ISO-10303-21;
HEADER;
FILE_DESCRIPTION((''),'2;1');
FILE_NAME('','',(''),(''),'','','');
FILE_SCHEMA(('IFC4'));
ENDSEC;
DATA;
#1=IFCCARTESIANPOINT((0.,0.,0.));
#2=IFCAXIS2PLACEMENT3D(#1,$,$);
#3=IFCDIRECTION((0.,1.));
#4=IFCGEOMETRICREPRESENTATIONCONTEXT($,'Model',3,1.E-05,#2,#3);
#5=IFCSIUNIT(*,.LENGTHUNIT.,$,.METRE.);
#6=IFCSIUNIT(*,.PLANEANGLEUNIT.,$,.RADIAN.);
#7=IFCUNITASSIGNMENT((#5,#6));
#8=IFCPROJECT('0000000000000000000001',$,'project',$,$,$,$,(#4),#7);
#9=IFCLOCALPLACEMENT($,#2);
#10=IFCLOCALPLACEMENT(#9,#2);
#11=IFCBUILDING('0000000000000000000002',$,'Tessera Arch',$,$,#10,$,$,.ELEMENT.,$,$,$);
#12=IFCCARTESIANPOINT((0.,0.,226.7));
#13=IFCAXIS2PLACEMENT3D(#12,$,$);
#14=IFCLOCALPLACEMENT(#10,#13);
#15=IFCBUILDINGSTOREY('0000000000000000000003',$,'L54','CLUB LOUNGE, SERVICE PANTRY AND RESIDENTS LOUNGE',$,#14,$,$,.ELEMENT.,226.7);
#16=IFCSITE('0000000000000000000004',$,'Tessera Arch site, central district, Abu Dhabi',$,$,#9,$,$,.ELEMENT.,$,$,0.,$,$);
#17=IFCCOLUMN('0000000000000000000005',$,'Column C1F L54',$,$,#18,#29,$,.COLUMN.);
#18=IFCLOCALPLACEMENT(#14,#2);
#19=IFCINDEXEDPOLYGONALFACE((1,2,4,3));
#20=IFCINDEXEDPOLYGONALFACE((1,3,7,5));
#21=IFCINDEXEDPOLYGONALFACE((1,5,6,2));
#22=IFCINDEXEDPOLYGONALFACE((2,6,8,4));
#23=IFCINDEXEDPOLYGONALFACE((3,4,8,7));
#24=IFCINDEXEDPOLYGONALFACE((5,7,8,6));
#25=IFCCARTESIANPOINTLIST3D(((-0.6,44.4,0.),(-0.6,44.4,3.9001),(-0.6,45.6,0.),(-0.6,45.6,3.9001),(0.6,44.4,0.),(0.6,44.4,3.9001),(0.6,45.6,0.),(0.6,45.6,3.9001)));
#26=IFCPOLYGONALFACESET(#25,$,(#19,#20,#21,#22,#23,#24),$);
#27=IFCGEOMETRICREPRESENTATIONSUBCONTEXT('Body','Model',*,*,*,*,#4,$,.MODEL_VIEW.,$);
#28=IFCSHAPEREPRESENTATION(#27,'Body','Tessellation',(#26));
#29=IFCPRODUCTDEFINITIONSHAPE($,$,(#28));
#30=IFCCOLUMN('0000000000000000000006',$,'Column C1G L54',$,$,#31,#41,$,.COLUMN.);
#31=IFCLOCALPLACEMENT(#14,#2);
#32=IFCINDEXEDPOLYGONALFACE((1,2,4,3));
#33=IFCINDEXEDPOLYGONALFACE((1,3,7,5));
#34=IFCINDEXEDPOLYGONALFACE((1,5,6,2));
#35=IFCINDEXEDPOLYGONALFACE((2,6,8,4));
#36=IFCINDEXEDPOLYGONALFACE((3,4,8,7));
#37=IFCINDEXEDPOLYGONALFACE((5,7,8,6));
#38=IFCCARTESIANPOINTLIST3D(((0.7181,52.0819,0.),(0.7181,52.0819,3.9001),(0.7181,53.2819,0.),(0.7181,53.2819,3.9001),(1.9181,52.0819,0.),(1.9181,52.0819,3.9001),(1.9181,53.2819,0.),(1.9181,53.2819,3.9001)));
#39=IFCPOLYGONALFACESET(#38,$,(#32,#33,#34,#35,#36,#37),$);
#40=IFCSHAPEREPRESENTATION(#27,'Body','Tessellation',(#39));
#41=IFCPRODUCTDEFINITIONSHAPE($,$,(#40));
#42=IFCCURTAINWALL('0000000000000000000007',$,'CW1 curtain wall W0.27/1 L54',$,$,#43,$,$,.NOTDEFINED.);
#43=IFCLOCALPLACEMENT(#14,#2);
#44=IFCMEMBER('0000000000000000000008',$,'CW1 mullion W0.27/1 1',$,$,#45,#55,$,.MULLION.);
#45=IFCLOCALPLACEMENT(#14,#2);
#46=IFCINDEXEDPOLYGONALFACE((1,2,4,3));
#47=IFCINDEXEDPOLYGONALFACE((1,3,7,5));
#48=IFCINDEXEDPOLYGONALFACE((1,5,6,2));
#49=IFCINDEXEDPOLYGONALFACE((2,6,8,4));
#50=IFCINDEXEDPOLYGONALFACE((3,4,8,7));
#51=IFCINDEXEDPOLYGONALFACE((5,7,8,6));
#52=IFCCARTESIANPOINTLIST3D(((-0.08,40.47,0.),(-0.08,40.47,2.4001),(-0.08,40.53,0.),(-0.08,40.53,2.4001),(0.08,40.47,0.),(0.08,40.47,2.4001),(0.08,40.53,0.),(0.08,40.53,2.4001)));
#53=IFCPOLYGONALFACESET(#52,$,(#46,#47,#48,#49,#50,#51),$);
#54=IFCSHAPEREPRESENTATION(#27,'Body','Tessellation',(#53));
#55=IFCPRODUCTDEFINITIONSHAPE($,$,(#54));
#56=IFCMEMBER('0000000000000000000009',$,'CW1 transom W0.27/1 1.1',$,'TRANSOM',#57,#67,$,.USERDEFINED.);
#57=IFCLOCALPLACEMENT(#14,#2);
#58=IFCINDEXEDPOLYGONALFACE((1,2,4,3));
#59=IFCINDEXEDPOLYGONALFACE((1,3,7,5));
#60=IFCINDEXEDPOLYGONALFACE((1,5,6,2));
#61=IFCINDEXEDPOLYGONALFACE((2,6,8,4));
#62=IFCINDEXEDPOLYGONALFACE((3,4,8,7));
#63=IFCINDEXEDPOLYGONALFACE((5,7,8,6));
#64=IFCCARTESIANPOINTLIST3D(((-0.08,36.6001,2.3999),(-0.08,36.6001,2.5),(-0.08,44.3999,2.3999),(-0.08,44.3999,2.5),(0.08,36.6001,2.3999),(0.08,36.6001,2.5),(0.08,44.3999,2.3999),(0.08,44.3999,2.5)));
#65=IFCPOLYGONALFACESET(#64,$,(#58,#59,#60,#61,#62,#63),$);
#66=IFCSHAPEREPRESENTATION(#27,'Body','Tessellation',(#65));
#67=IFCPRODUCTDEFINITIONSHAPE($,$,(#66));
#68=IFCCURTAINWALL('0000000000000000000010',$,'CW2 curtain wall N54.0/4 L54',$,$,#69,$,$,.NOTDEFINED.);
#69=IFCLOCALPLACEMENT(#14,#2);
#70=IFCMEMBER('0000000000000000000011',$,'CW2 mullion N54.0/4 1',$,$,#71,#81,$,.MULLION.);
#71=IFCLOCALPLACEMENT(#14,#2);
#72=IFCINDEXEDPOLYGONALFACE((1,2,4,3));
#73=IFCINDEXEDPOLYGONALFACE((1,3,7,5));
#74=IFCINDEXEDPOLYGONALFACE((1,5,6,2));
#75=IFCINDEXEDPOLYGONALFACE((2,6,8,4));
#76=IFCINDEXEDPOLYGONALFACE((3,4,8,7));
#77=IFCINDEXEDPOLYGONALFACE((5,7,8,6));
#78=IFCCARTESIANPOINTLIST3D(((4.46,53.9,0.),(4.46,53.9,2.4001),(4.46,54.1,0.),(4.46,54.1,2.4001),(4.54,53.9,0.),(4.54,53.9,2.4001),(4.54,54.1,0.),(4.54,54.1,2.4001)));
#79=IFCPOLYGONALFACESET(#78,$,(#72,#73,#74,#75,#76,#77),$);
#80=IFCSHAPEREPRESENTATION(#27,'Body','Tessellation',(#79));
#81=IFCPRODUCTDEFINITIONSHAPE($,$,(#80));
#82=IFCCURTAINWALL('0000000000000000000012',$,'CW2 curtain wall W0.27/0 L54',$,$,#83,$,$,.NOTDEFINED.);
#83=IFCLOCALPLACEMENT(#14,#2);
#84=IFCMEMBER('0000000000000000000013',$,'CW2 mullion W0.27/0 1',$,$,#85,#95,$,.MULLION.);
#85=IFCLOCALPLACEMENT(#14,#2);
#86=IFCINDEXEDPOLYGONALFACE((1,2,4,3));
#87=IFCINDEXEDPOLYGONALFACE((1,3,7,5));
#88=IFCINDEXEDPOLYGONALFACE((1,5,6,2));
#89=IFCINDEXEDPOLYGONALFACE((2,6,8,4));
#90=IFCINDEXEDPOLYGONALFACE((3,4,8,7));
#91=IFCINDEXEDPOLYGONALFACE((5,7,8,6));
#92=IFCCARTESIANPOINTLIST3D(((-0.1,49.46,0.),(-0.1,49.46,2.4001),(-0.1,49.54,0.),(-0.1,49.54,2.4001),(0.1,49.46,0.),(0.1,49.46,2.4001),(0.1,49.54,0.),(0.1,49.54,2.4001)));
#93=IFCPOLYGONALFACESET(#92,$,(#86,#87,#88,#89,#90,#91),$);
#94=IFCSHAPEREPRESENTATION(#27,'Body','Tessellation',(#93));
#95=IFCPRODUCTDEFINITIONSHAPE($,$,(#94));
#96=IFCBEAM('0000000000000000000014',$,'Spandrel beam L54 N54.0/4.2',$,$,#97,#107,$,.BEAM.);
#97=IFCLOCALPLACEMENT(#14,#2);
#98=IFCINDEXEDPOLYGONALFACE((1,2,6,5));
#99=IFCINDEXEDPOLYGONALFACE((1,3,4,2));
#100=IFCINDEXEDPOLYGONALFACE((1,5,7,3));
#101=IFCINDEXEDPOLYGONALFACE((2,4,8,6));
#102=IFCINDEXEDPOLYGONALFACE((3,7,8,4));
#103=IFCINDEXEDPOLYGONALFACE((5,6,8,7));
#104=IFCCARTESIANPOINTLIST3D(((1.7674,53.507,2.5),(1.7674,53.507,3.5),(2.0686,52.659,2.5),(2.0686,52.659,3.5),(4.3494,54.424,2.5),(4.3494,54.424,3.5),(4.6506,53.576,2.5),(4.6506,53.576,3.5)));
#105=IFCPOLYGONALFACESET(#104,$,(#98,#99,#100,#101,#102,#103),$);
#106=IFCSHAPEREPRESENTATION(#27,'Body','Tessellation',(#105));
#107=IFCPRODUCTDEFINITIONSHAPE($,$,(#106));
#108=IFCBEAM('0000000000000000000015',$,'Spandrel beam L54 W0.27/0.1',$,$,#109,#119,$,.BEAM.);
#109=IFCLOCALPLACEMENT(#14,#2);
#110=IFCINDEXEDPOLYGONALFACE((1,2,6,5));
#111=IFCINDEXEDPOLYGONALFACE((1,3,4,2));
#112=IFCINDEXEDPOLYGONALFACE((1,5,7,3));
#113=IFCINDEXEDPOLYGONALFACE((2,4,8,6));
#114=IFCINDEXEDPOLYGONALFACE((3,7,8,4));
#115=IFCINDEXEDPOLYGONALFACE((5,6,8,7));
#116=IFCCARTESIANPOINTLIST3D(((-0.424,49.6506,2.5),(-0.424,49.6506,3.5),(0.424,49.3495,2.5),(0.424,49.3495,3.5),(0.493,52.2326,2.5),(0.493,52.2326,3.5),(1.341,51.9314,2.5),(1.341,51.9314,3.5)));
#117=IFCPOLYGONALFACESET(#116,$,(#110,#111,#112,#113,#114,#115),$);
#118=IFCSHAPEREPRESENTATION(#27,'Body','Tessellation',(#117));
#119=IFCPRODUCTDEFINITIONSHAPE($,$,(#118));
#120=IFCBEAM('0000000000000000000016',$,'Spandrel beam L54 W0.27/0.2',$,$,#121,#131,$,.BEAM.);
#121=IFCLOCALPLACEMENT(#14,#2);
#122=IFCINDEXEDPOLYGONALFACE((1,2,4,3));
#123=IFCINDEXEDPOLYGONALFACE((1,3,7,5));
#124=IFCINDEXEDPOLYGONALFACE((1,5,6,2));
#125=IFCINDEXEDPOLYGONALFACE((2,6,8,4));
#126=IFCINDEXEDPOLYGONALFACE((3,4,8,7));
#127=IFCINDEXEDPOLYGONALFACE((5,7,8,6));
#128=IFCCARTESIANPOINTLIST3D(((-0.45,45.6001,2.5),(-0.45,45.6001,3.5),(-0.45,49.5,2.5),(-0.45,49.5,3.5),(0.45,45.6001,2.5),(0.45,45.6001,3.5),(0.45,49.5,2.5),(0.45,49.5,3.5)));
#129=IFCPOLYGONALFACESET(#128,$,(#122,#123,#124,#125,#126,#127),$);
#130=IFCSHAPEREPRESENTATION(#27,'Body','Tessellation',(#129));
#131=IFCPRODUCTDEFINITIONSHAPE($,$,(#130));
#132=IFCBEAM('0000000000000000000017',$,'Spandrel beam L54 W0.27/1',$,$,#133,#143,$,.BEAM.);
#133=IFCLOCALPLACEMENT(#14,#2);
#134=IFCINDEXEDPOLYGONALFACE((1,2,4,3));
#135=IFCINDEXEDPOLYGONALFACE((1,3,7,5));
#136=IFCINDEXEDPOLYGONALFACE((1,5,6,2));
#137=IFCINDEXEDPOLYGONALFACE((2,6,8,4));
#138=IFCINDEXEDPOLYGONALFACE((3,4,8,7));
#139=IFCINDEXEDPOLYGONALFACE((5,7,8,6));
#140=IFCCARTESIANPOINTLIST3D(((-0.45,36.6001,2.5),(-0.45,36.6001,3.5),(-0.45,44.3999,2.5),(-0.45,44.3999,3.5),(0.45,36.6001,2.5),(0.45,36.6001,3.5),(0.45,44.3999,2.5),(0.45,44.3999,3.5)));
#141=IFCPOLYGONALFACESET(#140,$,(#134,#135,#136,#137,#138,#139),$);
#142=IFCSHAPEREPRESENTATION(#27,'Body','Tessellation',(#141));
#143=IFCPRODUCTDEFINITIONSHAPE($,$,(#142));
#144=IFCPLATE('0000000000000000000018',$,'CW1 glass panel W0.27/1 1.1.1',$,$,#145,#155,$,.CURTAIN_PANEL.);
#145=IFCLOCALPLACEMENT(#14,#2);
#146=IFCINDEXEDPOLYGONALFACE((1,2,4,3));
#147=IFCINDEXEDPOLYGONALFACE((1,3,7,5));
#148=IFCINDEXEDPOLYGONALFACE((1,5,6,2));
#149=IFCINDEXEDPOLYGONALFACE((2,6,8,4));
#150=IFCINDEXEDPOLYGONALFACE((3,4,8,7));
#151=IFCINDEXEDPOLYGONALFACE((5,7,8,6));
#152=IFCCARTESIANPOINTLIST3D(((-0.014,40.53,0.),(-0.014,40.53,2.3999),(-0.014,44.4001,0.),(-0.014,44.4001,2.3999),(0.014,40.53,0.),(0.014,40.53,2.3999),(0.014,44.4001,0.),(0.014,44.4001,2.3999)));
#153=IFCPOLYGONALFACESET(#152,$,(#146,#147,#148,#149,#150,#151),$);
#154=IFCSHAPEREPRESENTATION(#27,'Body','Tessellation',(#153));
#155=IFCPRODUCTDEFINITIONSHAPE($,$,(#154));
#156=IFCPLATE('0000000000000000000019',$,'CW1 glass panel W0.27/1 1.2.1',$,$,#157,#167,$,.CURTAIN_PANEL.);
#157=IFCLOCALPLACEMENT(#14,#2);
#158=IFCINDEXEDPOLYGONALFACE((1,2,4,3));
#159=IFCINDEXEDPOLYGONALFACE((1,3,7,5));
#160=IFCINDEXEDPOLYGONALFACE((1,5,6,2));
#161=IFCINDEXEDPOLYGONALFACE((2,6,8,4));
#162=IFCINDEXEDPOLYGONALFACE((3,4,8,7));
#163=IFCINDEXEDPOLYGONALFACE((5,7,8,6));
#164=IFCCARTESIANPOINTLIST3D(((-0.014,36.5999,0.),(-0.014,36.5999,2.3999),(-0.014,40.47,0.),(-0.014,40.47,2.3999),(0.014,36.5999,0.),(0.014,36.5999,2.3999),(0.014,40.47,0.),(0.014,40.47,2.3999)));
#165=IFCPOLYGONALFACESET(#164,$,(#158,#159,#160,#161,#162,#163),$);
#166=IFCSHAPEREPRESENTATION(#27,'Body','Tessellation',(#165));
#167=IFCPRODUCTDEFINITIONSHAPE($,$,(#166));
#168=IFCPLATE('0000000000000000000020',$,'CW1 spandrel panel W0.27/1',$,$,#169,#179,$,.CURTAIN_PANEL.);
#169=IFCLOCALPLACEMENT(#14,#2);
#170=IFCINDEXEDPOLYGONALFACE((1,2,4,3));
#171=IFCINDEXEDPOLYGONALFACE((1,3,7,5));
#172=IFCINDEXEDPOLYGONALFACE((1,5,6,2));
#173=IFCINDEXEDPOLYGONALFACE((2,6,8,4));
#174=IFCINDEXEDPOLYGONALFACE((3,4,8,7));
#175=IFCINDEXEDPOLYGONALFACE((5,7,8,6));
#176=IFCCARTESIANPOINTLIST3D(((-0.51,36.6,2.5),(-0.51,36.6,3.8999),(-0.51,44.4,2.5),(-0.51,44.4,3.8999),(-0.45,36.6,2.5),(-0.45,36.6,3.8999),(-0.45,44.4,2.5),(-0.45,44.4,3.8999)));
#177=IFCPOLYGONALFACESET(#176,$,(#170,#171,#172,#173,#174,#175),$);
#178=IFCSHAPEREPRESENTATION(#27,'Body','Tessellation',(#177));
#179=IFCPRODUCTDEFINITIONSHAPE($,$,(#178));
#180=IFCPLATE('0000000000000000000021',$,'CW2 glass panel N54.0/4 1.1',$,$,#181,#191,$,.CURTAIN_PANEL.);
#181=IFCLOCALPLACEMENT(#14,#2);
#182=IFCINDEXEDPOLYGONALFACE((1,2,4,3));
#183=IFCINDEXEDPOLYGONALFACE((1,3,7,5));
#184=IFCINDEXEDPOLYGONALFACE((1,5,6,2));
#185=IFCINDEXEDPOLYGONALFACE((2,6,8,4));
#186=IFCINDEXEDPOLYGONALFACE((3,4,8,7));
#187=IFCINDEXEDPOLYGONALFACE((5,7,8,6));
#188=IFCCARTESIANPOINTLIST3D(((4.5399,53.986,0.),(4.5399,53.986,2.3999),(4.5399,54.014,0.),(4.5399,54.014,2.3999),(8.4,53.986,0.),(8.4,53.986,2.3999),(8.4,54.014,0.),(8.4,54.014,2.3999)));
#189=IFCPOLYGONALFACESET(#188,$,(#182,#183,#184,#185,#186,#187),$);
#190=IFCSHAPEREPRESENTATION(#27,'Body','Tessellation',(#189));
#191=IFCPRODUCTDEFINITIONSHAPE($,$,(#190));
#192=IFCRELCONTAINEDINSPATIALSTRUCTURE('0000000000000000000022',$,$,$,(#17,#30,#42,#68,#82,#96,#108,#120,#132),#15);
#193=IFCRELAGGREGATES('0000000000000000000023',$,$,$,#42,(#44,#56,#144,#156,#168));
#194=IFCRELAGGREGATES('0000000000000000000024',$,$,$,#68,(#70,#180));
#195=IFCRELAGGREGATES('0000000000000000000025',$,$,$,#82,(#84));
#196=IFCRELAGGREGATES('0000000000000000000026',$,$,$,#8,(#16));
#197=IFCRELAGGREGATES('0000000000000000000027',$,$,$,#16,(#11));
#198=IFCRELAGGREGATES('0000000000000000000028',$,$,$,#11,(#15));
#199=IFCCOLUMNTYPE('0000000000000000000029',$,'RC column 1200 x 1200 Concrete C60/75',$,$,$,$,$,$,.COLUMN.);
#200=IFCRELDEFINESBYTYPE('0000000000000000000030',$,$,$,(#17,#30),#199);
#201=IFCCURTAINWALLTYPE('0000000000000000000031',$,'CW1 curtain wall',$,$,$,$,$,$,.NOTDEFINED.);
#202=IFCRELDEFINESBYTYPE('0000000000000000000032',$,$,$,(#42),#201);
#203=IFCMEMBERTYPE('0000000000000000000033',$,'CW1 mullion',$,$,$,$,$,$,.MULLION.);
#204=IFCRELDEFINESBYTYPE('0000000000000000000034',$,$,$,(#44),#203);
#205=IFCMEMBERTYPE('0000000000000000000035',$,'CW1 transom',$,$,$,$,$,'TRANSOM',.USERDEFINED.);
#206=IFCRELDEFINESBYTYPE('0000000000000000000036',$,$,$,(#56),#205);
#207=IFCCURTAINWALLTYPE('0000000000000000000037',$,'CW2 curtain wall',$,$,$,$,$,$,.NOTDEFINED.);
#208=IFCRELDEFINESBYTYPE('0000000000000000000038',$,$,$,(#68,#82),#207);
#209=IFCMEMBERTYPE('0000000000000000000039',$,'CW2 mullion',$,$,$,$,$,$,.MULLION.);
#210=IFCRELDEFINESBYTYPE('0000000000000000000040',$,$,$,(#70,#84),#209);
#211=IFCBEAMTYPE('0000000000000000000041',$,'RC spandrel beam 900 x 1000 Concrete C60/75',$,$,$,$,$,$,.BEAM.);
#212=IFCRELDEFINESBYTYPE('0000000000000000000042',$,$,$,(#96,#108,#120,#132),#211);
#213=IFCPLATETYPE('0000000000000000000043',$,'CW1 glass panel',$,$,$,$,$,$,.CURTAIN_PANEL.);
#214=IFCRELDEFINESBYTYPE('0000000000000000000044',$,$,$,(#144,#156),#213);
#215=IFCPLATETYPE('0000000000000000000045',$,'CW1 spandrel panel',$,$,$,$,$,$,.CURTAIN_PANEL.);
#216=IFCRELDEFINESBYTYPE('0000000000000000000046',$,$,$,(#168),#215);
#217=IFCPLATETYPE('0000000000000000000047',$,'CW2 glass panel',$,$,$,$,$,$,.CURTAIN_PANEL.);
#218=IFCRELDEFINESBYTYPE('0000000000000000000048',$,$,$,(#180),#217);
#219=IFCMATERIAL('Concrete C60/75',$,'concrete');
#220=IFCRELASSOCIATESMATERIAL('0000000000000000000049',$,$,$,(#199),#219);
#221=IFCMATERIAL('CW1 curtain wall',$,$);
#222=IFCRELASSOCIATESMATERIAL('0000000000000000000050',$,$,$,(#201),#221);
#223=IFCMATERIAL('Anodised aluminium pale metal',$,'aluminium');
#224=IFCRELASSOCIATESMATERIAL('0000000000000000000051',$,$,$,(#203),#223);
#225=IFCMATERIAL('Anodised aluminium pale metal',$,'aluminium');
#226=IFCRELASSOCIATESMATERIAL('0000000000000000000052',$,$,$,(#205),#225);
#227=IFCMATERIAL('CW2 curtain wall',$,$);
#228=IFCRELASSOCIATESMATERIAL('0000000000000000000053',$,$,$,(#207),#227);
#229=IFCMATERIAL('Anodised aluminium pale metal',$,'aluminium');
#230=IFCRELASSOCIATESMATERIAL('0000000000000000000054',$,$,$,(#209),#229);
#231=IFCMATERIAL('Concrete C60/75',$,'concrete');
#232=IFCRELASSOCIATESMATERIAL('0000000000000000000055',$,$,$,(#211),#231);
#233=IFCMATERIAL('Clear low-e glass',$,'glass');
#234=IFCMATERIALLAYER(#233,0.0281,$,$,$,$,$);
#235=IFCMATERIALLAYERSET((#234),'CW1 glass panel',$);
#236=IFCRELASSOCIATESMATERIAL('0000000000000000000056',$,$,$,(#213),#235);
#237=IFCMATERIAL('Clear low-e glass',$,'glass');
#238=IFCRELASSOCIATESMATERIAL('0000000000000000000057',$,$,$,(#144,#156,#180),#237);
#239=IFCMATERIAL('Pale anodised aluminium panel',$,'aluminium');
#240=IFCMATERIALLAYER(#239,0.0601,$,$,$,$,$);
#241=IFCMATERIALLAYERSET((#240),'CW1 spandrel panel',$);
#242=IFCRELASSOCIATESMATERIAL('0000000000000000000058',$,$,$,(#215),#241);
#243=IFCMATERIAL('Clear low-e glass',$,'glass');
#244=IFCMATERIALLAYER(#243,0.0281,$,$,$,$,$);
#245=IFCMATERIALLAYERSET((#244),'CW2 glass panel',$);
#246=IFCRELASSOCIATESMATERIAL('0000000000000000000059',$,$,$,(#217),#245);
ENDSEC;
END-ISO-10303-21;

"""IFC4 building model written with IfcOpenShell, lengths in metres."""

from ifc_helpers import new_model, si_unit, direction, frame, origin, origin_2d, place, context, subcontext, project, spatial, rectangle, extrude, material, layer, layer_set, material_profile, profile_set, type_object, element, aggregate, save


model = new_model("IFC4")

# Units and contexts
model_context = context("Model", 3, precision=1e-05, world=origin(), true_north=direction((0.0, 1.0)))
body_context = subcontext(model_context, "Body", "Model", "MODEL_VIEW")
ifc_project = project(units=[si_unit("LENGTHUNIT", "METRE"), si_unit("PLANEANGLEUNIT", "RADIAN")], contexts=[model_context])

# Site, building, storey
site_placement = place(None, origin())
site = spatial("IfcSite", under=ifc_project, at=site_placement, Name="Tessera Arch site, central district, Abu Dhabi", CompositionType="ELEMENT", RefElevation=0.0)
building_placement = place(site_placement, origin())
building = spatial("IfcBuilding", under=site, at=building_placement, Name="Tessera Arch", CompositionType="ELEMENT")
storey_placement = place(building_placement, frame((0.0, 0.0, 226.7)))
storey = spatial("IfcBuildingStorey", under=building, at=storey_placement, Name="L54", Description="CLUB LOUNGE, SERVICE PANTRY AND RESIDENTS LOUNGE", CompositionType="ELEMENT", Elevation=226.7)

# Columns
ifc_material_1 = material(Name="Concrete C60/75", Category="concrete")
ifc_material_profile_1 = material_profile(ifc_material_1, rectangle(XDim=1.2, YDim=1.2, at=origin_2d()), Name="RC column 1200 x 1200 Concrete C60/75")
ifc_profile_set_1 = profile_set([ifc_material_profile_1], Name="Concrete C60/75")
column_type = type_object("IfcColumnType", Name="RC column 1200 x 1200 Concrete C60/75", PredefinedType="COLUMN", material=ifc_profile_set_1)
for number, where, z_axis, x_axis, name in (
    (1, (0.0, 45.0, 0.0), (0.0, 0.0, 1.0), (1.0, 0.0, 0.0), "Column C1F L54"),
    (2, (1.3181, 52.6819, 0.0), (0.0, 0.0, 1.0), (1.0, 0.0, 0.0), "Column C1G L54"),
):
    element("IfcColumn", number, at=place(storey_placement, frame(where, z_axis=z_axis, x_axis=x_axis)), inside=storey, type_object=column_type, Name=name, PredefinedType="COLUMN", context=body_context, shape_type="SweptSolid", body=[
        extrude(rectangle(XDim=1.2, YDim=1.2, at=origin_2d()), origin(), (0.0, 0.0, 1.0), 3.9001),
    ])

# Curtain wall, members
ifc_material_2 = material(Name="CW1 curtain wall")
curtain_wall_type_1 = type_object("IfcCurtainWallType", Name="CW1 curtain wall", PredefinedType="NOTDEFINED", material=ifc_material_2)
curtain_wall_1_placement = place(storey_placement, origin())
curtain_wall_1 = element("IfcCurtainWall", 3, at=curtain_wall_1_placement, inside=storey, type_object=curtain_wall_type_1, Name="CW1 curtain wall W0.27/1 L54", PredefinedType="NOTDEFINED")
ifc_material_3 = material(Name="Anodised aluminium pale metal", Category="aluminium")
ifc_material_profile_2 = material_profile(ifc_material_3, rectangle(XDim=0.1599, YDim=0.0601, at=origin_2d()), Name="AL 60x160")
ifc_profile_set_2 = profile_set([ifc_material_profile_2], Name="Anodised aluminium pale metal")
member_type_1 = type_object("IfcMemberType", Name="CW1 mullion", PredefinedType="MULLION", material=ifc_profile_set_2)
member_1_placement = place(storey_placement, frame((0.0, 40.5, 0.0), z_axis=(0.0, 0.0, 1.0), x_axis=(1.0, 0.0, 0.0)))
member_1 = element("IfcMember", 4, at=member_1_placement, type_object=member_type_1, Name="CW1 mullion W0.27/1 1", PredefinedType="MULLION", context=body_context, shape_type="SweptSolid", body=[
    extrude(rectangle(XDim=0.1599, YDim=0.0601, at=origin_2d()), origin(), (0.0, 0.0, 1.0), 2.4001),
])
ifc_material_4 = material(Name="Anodised aluminium pale metal", Category="aluminium")
ifc_material_profile_3 = material_profile(ifc_material_4, rectangle(XDim=0.1599, YDim=0.1001, at=origin_2d()), Name="AL 160x100")
ifc_profile_set_3 = profile_set([ifc_material_profile_3], Name="Anodised aluminium pale metal")
member_type_2 = type_object("IfcMemberType", Name="CW1 transom", ElementType="TRANSOM", PredefinedType="USERDEFINED", material=ifc_profile_set_3)
member_2_placement = place(storey_placement, frame((0.0, 44.3999, 2.45), z_axis=(0.0, -1.0, 0.0), x_axis=(1.0, 0.0, 0.0)))
member_2 = element("IfcMember", 5, at=member_2_placement, type_object=member_type_2, Name="CW1 transom W0.27/1 1.1", ObjectType="TRANSOM", PredefinedType="USERDEFINED", context=body_context, shape_type="SweptSolid", body=[
    extrude(rectangle(XDim=0.1599, YDim=0.1001, at=origin_2d()), origin(), (0.0, 0.0, 1.0), 7.7998),
])

# Curtain walls, members
ifc_material_5 = material(Name="CW2 curtain wall")
curtain_wall_type_2 = type_object("IfcCurtainWallType", Name="CW2 curtain wall", PredefinedType="NOTDEFINED", material=ifc_material_5)
curtain_wall_2_placement = place(storey_placement, origin())
curtain_wall_2 = element("IfcCurtainWall", 6, at=curtain_wall_2_placement, inside=storey, type_object=curtain_wall_type_2, Name="CW2 curtain wall N54.0/4 L54", PredefinedType="NOTDEFINED")
ifc_material_6 = material(Name="Anodised aluminium pale metal", Category="aluminium")
ifc_material_profile_4 = material_profile(ifc_material_6, rectangle(XDim=0.2, YDim=0.0801, at=origin_2d()), Name="AL 80x200")
ifc_profile_set_4 = profile_set([ifc_material_profile_4], Name="Anodised aluminium pale metal")
member_type_3 = type_object("IfcMemberType", Name="CW2 mullion", PredefinedType="MULLION", material=ifc_profile_set_4)
member_3_placement = place(storey_placement, frame((4.5, 54.0, 0.0), z_axis=(0.0, 0.0, 1.0), x_axis=(0.0, -1.0, 0.0)))
member_3 = element("IfcMember", 7, at=member_3_placement, type_object=member_type_3, Name="CW2 mullion N54.0/4 1", PredefinedType="MULLION", context=body_context, shape_type="SweptSolid", body=[
    extrude(rectangle(XDim=0.2, YDim=0.0801, at=origin_2d()), origin(), (0.0, 0.0, 1.0), 2.4001),
])
curtain_wall_3_placement = place(storey_placement, origin())
curtain_wall_3 = element("IfcCurtainWall", 8, at=curtain_wall_3_placement, inside=storey, type_object=curtain_wall_type_2, Name="CW2 curtain wall W0.27/0 L54", PredefinedType="NOTDEFINED")
member_4_placement = place(storey_placement, frame((0.0, 49.5, 0.0), z_axis=(0.0, 0.0, 1.0), x_axis=(1.0, 0.0, 0.0)))
member_4 = element("IfcMember", 9, at=member_4_placement, type_object=member_type_3, Name="CW2 mullion W0.27/0 1", PredefinedType="MULLION", context=body_context, shape_type="SweptSolid", body=[
    extrude(rectangle(XDim=0.2, YDim=0.0801, at=origin_2d()), origin(), (0.0, 0.0, 1.0), 2.4001),
])

# Beams
ifc_material_7 = material(Name="Concrete C60/75", Category="concrete")
ifc_material_profile_5 = material_profile(ifc_material_7, rectangle(XDim=0.8999, YDim=1.0, at=origin_2d()), Name="RC spandrel beam 900 x 1000 Concrete C60/75")
ifc_profile_set_5 = profile_set([ifc_material_profile_5], Name="Concrete C60/75")
beam_type = type_object("IfcBeamType", Name="RC spandrel beam 900 x 1000 Concrete C60/75", PredefinedType="BEAM", material=ifc_profile_set_5)
for number, where, z_axis, x_axis, name in (
    (10, (4.5, 54.0, 3.0), (-0.942337, -0.334665, 0.0), (0.334665, -0.942337, 0.0), "Spandrel beam L54 N54.0/4.2"),
    (11, (0.917, 52.082, 3.0), (-0.334665, -0.942337, 0.0), (0.942337, -0.334665, 0.0), "Spandrel beam L54 W0.27/0.1"),
):
    element("IfcBeam", number, at=place(storey_placement, frame(where, z_axis=z_axis, x_axis=x_axis)), inside=storey, type_object=beam_type, Name=name, PredefinedType="BEAM", context=body_context, shape_type="SweptSolid", body=[
        extrude(rectangle(XDim=0.8999, YDim=1.0, at=origin_2d()), origin(), (0.0, 0.0, 1.0), 2.74),
    ])
beam_1_placement = place(storey_placement, frame((0.0, 49.5, 3.0), z_axis=(0.0, -1.0, 0.0), x_axis=(1.0, 0.0, 0.0)))
element("IfcBeam", 12, at=beam_1_placement, inside=storey, type_object=beam_type, Name="Spandrel beam L54 W0.27/0.2", PredefinedType="BEAM", context=body_context, shape_type="SweptSolid", body=[
    extrude(rectangle(XDim=0.8999, YDim=1.0, at=origin_2d()), origin(), (0.0, 0.0, 1.0), 3.8999),
])
beam_2_placement = place(storey_placement, frame((0.0, 44.3999, 3.0), z_axis=(0.0, -1.0, 0.0), x_axis=(1.0, 0.0, 0.0)))
element("IfcBeam", 13, at=beam_2_placement, inside=storey, type_object=beam_type, Name="Spandrel beam L54 W0.27/1", PredefinedType="BEAM", context=body_context, shape_type="SweptSolid", body=[
    extrude(rectangle(XDim=0.8999, YDim=1.0, at=origin_2d()), origin(), (0.0, 0.0, 1.0), 7.7998),
])

# Plates
ifc_material_8 = material(Name="Clear low-e glass", Category="glass")
ifc_material_9 = material(Name="Clear low-e glass", Category="glass")
ifc_layer_1 = layer(ifc_material_9, 0.0281)
ifc_layer_set_1 = layer_set([ifc_layer_1], Name="CW1 glass panel")
plate_type_1 = type_object("IfcPlateType", Name="CW1 glass panel", PredefinedType="CURTAIN_PANEL", material=ifc_layer_set_1)
plate_1_placement = place(storey_placement, frame((0.0, 42.4651, 0.0), z_axis=(0.0, 0.0, 1.0), x_axis=(0.0, -1.0, 0.0)))
plate_1 = element("IfcPlate", 14, at=plate_1_placement, type_object=plate_type_1, material=ifc_material_8, Name="CW1 glass panel W0.27/1 1.1.1", PredefinedType="CURTAIN_PANEL", context=body_context, shape_type="SweptSolid", body=[
    extrude(rectangle(XDim=3.8701, YDim=0.0281, at=origin_2d()), origin(), (0.0, 0.0, 1.0), 2.3999),
])
plate_2_placement = place(storey_placement, frame((0.0, 38.5349, 0.0), z_axis=(0.0, 0.0, 1.0), x_axis=(0.0, -1.0, 0.0)))
plate_2 = element("IfcPlate", 15, at=plate_2_placement, type_object=plate_type_1, material=ifc_material_8, Name="CW1 glass panel W0.27/1 1.2.1", PredefinedType="CURTAIN_PANEL", context=body_context, shape_type="SweptSolid", body=[
    extrude(rectangle(XDim=3.8701, YDim=0.0281, at=origin_2d()), origin(), (0.0, 0.0, 1.0), 2.3999),
])
ifc_material_10 = material(Name="Pale anodised aluminium panel", Category="aluminium")
ifc_layer_2 = layer(ifc_material_10, 0.0601)
ifc_layer_set_2 = layer_set([ifc_layer_2], Name="CW1 spandrel panel")
plate_type_2 = type_object("IfcPlateType", Name="CW1 spandrel panel", PredefinedType="CURTAIN_PANEL", material=ifc_layer_set_2)
plate_3_placement = place(storey_placement, frame((-0.48, 40.5, 2.5), z_axis=(0.0, 0.0, 1.0), x_axis=(0.0, -1.0, 0.0)))
plate_3 = element("IfcPlate", 16, at=plate_3_placement, type_object=plate_type_2, Name="CW1 spandrel panel W0.27/1", PredefinedType="CURTAIN_PANEL", context=body_context, shape_type="SweptSolid", body=[
    extrude(rectangle(XDim=7.8, YDim=0.0601, at=origin_2d()), origin(), (0.0, 0.0, 1.0), 1.3999),
])
aggregate(curtain_wall_1, [member_1, member_2, plate_1, plate_2, plate_3])
ifc_material_11 = material(Name="Clear low-e glass", Category="glass")
ifc_layer_3 = layer(ifc_material_11, 0.0281)
ifc_layer_set_3 = layer_set([ifc_layer_3], Name="CW2 glass panel")
plate_type_3 = type_object("IfcPlateType", Name="CW2 glass panel", PredefinedType="CURTAIN_PANEL", material=ifc_layer_set_3)
plate_4_placement = place(storey_placement, frame((6.47, 54.0, 0.0), z_axis=(0.0, 0.0, 1.0), x_axis=(-1.0, 0.0, 0.0)))
plate_4 = element("IfcPlate", 17, at=plate_4_placement, type_object=plate_type_3, material=ifc_material_8, Name="CW2 glass panel N54.0/4 1.1", PredefinedType="CURTAIN_PANEL", context=body_context, shape_type="SweptSolid", body=[
    extrude(rectangle(XDim=3.8601, YDim=0.0281, at=origin_2d()), origin(), (0.0, 0.0, 1.0), 2.3999),
])
aggregate(curtain_wall_2, [member_3, plate_4])
aggregate(curtain_wall_3, [member_4])

save(model, "model.ifc")
